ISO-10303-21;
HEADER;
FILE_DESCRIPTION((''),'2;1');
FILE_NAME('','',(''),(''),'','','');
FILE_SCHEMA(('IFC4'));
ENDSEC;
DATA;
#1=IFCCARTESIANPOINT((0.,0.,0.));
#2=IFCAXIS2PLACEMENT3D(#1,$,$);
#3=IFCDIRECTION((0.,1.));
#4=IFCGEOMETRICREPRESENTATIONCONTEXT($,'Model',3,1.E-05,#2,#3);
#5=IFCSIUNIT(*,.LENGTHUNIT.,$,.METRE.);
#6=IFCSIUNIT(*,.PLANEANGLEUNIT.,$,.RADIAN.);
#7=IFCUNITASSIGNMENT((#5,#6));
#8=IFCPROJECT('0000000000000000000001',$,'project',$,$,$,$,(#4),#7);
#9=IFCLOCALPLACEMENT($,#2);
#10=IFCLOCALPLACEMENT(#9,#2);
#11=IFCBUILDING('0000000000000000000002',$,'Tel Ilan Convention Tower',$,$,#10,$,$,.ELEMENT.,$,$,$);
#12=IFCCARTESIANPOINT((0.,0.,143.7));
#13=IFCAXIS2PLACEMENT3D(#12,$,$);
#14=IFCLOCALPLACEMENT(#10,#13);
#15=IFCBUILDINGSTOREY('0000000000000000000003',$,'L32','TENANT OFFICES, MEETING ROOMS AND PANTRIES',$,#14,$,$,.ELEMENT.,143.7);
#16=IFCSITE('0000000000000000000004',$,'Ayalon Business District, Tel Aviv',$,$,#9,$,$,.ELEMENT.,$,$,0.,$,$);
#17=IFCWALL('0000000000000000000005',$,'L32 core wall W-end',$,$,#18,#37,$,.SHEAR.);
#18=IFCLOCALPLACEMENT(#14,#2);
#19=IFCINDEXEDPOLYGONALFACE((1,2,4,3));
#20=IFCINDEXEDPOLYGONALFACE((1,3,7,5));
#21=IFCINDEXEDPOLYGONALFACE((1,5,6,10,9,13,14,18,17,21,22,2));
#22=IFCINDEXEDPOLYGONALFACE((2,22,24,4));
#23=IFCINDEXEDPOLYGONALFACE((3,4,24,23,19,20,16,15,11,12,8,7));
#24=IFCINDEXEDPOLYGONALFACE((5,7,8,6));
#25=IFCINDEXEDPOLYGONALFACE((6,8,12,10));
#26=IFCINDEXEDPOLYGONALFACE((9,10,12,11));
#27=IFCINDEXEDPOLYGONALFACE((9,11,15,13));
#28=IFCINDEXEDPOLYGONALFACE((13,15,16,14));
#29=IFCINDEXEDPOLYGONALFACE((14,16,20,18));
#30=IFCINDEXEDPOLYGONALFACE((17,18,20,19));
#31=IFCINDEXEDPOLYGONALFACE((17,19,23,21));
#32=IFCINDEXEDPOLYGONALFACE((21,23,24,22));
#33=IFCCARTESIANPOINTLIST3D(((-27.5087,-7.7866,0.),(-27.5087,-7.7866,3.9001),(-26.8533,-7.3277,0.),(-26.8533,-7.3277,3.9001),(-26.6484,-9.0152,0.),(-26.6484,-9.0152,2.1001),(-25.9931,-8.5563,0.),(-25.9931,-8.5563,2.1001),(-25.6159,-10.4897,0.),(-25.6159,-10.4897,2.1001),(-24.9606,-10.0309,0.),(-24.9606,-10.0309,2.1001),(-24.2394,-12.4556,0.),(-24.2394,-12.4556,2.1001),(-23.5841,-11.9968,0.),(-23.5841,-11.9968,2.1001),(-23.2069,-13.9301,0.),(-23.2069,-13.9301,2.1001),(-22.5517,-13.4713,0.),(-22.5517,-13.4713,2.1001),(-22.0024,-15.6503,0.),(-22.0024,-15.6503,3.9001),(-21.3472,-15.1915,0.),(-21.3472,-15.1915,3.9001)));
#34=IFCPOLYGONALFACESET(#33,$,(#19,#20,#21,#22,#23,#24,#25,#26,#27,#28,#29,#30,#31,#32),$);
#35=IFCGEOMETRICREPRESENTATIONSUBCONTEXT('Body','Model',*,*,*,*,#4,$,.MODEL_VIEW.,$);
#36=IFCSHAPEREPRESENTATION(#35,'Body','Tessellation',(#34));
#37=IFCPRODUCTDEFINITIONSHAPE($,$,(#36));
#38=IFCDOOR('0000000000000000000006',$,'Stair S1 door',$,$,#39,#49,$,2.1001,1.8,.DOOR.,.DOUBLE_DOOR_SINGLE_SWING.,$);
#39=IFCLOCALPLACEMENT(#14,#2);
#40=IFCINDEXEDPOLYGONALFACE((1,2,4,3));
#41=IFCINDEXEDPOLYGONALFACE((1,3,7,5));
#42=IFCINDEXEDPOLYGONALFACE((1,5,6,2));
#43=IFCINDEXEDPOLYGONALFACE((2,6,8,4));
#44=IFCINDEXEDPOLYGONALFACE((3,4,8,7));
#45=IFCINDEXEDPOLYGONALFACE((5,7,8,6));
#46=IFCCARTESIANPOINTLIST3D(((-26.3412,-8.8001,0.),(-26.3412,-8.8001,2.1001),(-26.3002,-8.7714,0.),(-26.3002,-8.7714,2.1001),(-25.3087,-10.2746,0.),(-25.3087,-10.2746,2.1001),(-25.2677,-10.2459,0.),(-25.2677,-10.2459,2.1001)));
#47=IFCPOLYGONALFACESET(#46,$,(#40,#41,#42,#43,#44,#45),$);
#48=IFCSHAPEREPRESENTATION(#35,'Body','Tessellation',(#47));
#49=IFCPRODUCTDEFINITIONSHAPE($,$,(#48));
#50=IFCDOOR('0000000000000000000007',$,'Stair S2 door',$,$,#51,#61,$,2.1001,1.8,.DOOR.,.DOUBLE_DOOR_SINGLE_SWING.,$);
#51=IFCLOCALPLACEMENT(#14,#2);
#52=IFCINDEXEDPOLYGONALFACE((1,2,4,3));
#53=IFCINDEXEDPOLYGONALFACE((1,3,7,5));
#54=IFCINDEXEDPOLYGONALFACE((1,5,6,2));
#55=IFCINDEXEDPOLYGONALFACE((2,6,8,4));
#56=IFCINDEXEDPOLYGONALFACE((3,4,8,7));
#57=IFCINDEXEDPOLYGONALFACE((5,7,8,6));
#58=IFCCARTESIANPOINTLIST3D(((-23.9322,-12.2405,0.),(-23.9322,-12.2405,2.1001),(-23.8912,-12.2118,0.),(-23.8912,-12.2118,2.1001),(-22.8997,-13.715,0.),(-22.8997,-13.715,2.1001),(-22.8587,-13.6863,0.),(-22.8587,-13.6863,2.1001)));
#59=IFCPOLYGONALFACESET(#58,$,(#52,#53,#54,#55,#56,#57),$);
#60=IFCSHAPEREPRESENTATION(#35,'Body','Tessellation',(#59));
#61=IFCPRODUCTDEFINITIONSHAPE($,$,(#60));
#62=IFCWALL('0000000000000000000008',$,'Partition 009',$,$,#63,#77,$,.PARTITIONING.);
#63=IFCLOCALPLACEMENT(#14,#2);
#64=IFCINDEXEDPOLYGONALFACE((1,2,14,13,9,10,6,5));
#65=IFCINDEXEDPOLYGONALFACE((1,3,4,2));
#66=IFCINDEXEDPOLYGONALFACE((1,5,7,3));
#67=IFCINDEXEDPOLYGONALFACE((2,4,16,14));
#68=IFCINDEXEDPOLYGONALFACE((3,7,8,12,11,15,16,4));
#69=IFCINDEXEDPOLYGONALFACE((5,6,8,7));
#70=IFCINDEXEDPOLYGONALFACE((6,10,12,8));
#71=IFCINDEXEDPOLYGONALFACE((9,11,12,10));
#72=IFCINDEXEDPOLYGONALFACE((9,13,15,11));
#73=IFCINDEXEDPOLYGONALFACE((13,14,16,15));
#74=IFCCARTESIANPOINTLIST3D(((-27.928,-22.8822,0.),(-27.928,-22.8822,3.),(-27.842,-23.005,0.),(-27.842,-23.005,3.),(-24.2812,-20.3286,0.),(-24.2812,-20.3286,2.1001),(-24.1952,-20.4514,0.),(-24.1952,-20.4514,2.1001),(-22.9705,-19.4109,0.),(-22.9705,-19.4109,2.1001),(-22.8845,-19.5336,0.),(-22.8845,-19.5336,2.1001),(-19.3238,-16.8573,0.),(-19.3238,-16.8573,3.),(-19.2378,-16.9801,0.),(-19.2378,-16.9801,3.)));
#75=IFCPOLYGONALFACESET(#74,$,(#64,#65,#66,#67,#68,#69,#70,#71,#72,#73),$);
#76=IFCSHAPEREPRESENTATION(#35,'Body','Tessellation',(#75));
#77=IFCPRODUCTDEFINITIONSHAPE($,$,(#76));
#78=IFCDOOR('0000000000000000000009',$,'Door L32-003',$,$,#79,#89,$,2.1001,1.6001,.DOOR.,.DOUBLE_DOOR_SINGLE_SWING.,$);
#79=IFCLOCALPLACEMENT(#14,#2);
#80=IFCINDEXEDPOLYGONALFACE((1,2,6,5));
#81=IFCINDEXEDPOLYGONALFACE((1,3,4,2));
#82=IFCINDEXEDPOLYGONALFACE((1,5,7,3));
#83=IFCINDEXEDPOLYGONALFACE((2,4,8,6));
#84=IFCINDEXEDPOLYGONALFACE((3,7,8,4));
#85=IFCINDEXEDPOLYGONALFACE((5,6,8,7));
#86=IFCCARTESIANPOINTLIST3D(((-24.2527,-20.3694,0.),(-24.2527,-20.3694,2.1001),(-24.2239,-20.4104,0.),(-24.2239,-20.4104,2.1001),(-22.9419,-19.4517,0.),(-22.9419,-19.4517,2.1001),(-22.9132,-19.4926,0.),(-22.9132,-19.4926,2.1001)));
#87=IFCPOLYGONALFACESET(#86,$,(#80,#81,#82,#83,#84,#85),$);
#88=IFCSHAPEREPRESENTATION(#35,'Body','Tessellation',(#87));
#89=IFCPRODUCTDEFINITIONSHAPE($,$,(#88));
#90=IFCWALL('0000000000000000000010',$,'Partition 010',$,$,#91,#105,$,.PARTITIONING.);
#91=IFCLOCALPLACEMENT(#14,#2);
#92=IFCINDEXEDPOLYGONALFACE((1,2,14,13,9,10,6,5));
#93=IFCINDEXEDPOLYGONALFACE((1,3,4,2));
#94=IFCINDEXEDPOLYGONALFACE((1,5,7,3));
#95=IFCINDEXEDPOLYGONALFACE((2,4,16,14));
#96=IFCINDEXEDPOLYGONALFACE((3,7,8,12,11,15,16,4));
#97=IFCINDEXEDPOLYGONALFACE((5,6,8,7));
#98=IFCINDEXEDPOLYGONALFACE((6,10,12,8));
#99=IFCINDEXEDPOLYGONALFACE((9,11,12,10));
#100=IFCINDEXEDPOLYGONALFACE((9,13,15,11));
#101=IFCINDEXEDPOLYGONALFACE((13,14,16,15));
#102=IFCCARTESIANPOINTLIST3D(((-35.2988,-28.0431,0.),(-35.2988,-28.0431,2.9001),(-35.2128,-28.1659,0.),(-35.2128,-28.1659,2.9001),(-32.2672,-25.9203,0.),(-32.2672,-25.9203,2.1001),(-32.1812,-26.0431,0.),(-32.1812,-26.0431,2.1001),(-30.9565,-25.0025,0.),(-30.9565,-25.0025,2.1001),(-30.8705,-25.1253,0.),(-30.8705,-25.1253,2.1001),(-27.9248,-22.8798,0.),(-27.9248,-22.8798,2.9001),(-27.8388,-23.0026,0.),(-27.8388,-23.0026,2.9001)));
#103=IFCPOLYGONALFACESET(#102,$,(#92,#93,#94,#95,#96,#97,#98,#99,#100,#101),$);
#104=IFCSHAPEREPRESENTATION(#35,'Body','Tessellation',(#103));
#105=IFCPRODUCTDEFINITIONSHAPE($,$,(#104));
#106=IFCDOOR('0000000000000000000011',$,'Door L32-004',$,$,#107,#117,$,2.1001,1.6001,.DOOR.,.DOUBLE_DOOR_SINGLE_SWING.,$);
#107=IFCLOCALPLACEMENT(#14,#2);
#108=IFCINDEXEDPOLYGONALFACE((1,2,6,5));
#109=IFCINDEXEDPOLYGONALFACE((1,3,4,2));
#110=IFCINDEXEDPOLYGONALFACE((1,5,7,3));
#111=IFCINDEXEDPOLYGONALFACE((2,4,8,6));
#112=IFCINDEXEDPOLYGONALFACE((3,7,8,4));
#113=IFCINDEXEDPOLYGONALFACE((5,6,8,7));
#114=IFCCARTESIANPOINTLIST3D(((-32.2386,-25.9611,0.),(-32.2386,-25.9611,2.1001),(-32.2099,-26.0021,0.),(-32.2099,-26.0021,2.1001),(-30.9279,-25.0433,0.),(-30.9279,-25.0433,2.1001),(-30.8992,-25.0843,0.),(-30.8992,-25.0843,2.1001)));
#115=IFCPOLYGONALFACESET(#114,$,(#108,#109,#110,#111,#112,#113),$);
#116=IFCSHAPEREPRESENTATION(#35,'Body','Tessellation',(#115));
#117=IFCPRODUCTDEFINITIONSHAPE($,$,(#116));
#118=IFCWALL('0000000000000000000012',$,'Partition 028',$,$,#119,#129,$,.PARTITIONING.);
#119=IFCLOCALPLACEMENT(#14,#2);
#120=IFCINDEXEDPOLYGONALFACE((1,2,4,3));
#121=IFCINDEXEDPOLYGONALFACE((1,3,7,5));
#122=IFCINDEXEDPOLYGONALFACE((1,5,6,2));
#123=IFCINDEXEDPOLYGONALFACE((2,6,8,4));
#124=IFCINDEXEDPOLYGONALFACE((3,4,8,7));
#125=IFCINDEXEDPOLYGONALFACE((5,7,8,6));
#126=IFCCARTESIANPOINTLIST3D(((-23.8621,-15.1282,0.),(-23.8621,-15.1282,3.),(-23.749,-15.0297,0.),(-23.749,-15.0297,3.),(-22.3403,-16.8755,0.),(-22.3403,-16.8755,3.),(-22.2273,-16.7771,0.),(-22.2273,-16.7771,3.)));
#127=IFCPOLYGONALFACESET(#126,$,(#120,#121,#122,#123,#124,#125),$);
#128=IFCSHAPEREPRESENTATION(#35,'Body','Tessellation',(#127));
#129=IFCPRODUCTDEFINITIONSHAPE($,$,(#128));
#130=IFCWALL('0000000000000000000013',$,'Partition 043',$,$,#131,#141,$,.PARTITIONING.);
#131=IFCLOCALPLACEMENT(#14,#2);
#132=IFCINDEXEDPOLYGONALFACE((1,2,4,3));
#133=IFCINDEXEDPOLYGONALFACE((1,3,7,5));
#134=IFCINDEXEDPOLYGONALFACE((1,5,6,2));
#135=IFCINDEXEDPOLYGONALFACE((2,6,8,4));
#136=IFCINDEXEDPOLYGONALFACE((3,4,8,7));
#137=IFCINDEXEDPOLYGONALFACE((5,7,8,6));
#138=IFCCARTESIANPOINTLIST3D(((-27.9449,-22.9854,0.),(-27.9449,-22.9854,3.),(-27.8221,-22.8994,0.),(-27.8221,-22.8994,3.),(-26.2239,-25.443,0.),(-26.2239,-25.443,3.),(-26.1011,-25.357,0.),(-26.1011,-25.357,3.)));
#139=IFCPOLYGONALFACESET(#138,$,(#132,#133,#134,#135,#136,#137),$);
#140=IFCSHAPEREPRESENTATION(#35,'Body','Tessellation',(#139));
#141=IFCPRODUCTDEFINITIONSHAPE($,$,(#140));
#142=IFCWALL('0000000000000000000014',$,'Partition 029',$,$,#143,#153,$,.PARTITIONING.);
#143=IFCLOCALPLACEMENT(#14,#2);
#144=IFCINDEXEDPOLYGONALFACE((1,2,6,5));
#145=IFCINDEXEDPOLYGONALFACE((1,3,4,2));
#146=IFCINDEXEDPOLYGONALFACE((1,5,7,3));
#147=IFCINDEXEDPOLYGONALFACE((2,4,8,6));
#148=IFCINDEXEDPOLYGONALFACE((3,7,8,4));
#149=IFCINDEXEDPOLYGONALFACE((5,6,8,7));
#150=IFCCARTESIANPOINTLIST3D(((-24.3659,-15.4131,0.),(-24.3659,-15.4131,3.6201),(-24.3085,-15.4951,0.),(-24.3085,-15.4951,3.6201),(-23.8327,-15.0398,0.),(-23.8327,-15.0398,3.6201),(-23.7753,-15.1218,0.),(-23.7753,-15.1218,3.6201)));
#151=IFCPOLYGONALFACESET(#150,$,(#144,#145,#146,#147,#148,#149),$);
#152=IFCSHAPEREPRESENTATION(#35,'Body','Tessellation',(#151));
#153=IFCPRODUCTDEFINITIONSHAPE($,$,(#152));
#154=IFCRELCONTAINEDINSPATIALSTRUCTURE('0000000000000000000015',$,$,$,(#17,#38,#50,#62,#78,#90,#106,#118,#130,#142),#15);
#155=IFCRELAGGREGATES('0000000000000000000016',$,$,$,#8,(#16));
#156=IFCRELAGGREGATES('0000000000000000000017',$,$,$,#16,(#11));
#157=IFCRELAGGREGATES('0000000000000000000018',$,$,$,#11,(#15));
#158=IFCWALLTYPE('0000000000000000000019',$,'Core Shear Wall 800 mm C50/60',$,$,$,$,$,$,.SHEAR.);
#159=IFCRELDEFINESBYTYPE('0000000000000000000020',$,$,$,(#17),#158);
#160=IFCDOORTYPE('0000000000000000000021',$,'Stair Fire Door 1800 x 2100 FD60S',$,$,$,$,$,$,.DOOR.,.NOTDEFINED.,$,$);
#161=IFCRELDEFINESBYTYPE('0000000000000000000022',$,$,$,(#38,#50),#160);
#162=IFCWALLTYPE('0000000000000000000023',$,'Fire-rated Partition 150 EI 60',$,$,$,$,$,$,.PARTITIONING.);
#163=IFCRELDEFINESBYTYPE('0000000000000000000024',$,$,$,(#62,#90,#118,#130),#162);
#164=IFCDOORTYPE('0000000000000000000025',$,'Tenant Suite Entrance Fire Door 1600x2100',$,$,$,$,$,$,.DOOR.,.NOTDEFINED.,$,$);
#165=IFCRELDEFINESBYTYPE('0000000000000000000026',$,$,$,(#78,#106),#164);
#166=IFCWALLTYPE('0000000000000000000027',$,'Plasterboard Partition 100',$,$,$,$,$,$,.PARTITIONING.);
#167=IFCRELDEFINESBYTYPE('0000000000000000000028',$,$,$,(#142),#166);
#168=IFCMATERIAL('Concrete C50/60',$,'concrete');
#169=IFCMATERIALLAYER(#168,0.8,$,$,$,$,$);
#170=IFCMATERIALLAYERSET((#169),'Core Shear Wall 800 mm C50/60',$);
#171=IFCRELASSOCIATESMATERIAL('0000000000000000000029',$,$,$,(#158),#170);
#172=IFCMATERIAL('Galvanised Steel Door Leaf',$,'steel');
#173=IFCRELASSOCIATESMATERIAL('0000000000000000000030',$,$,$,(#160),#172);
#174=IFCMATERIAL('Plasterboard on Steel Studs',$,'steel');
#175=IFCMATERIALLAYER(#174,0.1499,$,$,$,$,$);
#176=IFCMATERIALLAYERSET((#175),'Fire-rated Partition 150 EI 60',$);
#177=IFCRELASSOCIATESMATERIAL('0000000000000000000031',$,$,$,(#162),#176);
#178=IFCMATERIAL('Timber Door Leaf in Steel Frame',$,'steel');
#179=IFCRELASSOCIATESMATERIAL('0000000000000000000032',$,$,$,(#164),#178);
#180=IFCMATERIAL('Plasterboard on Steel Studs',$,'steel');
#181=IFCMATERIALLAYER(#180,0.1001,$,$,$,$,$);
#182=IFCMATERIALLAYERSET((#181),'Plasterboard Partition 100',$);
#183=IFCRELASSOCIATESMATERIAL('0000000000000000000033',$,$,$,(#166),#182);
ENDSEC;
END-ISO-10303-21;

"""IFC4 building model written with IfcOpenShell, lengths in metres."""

from ifc_helpers import new_model, si_unit, direction, frame, frame_2d, origin, place, context, subcontext, project, spatial, polyline, rectangle, outline, extrude, material, layer, layer_set, type_object, element, fill, save


model = new_model("IFC4")

# Units and contexts
model_context = context("Model", 3, precision=1e-05, world=origin(), true_north=direction((0.0, 1.0)))
body_context = subcontext(model_context, "Body", "Model", "MODEL_VIEW")
ifc_project = project(units=[si_unit("LENGTHUNIT", "METRE"), si_unit("PLANEANGLEUNIT", "RADIAN")], contexts=[model_context])

# Site, building, storey
site_placement = place(None, origin())
site = spatial("IfcSite", under=ifc_project, at=site_placement, Name="Ayalon Business District, Tel Aviv", CompositionType="ELEMENT", RefElevation=0.0)
building_placement = place(site_placement, origin())
building = spatial("IfcBuilding", under=site, at=building_placement, Name="Tel Ilan Convention Tower", CompositionType="ELEMENT")
storey_placement = place(building_placement, frame((0.0, 0.0, 143.7)))
storey = spatial("IfcBuildingStorey", under=building, at=storey_placement, Name="L32", Description="TENANT OFFICES, MEETING ROOMS AND PANTRIES", CompositionType="ELEMENT", Elevation=143.7)

# Wall, openings, doors
ifc_material_1 = material(Name="Concrete C50/60", Category="concrete")
ifc_layer_1 = layer(ifc_material_1, 0.8)
ifc_layer_set_1 = layer_set([ifc_layer_1], Name="Core Shear Wall 800 mm C50/60")
wall_type_1 = type_object("IfcWallType", Name="Core Shear Wall 800 mm C50/60", PredefinedType="SHEAR", material=ifc_layer_set_1)
wall_1_placement = place(storey_placement, frame((-21.6748, -15.4209, 0.0), z_axis=(0.0, 0.0, 1.0), x_axis=(-0.573582, 0.819148, 0.0)))
wall_1 = element("IfcWall", 1, at=wall_1_placement, inside=storey, type_object=wall_type_1, Name="L32 core wall W-end", PredefinedType="SHEAR", context=body_context, shape_type="SweptSolid", body=[
    extrude(outline(polyline([(0.0, 0.3999), (0.0, -0.3999), (9.5999, -0.4001), (9.5999, 0.3999), (0.0, 0.3999)])), origin(), (0.0, 0.0, 1.0), 3.9001),
])
opening_1_placement = place(wall_1_placement, frame((6.3, 0.0, 0.0)))
opening_1 = element("IfcOpeningElement", 2, at=opening_1_placement, cuts=wall_1, PredefinedType="OPENING", context=body_context, shape_type="SweptSolid", body=[
    extrude(rectangle(XDim=1.8, YDim=2.1001, at=frame_2d((0.8999, 1.05))), frame((0.0, 0.4099, 0.0), z_axis=(0.0, -1.0, 0.0), x_axis=(1.0, 0.0, 0.0)), (0.0, 0.0, 1.0), 0.8201),
])
opening_2_placement = place(wall_1_placement, frame((2.1001, 0.0, 0.0)))
opening_2 = element("IfcOpeningElement", 3, at=opening_2_placement, cuts=wall_1, PredefinedType="OPENING", context=body_context, shape_type="SweptSolid", body=[
    extrude(rectangle(XDim=1.8, YDim=2.1001, at=frame_2d((0.8999, 1.05))), frame((0.0, 0.4099, 0.0), z_axis=(0.0, -1.0, 0.0), x_axis=(1.0, 0.0, 0.0)), (0.0, 0.0, 1.0), 0.8201),
])
ifc_material_2 = material(Name="Galvanised Steel Door Leaf", Category="steel")
door_type_1 = type_object("IfcDoorType", Name="Stair Fire Door 1800 x 2100 FD60S", OperationType="NOTDEFINED", PredefinedType="DOOR", material=ifc_material_2)
door_1_placement = place(opening_1_placement, origin())
door_1 = element("IfcDoor", 4, at=door_1_placement, inside=storey, type_object=door_type_1, Name="Stair S1 door", OperationType="DOUBLE_DOOR_SINGLE_SWING", OverallHeight=2.1001, OverallWidth=1.8, PredefinedType="DOOR", context=body_context, shape_type="SweptSolid", body=[
    extrude(rectangle(XDim=1.8, YDim=2.1001, at=frame_2d((0.8999, 1.05))), frame((0.0, 0.0249, 0.0), z_axis=(0.0, -1.0, 0.0), x_axis=(1.0, 0.0, 0.0)), (0.0, 0.0, 1.0), 0.05),
])
fill(opening_1, door_1)
door_2_placement = place(opening_2_placement, origin())
door_2 = element("IfcDoor", 5, at=door_2_placement, inside=storey, type_object=door_type_1, Name="Stair S2 door", OperationType="DOUBLE_DOOR_SINGLE_SWING", OverallHeight=2.1001, OverallWidth=1.8, PredefinedType="DOOR", context=body_context, shape_type="SweptSolid", body=[
    extrude(rectangle(XDim=1.8, YDim=2.1001, at=frame_2d((0.8999, 1.05))), frame((0.0, 0.0249, 0.0), z_axis=(0.0, -1.0, 0.0), x_axis=(1.0, 0.0, 0.0)), (0.0, 0.0, 1.0), 0.05),
])
fill(opening_2, door_2)

# Walls, openings, doors
ifc_material_3 = material(Name="Plasterboard on Steel Studs", Category="steel")
ifc_layer_2 = layer(ifc_material_3, 0.1499)
ifc_layer_set_2 = layer_set([ifc_layer_2], Name="Fire-rated Partition 150 EI 60")
wall_type_2 = type_object("IfcWallType", Name="Fire-rated Partition 150 EI 60", PredefinedType="PARTITIONING", material=ifc_layer_set_2)
wall_2_placement = place(storey_placement, frame((-19.2808, -16.9187, 0.0), z_axis=(0.0, 0.0, 1.0), x_axis=(-0.819146, -0.573586, 0.0)))
wall_2 = element("IfcWall", 6, at=wall_2_placement, inside=storey, type_object=wall_type_2, Name="Partition 009", PredefinedType="PARTITIONING", context=body_context, shape_type="SweptSolid", body=[
    extrude(rectangle(XDim=10.5039, YDim=0.1499, at=frame_2d((5.252, 0.0))), origin(), (0.0, 0.0, 1.0), 3.0),
])
opening_3_placement = place(wall_2_placement, frame((4.4519, 0.0, 0.0)))
opening_3 = element("IfcOpeningElement", 7, at=opening_3_placement, cuts=wall_2, PredefinedType="OPENING", context=body_context, shape_type="SweptSolid", body=[
    extrude(rectangle(XDim=1.6001, YDim=2.1001, at=frame_2d((0.8, 1.05))), frame((0.0, 0.085, 0.0), z_axis=(0.0, -1.0, 0.0), x_axis=(1.0, 0.0, 0.0)), (0.0, 0.0, 1.0), 0.1699),
])
ifc_material_4 = material(Name="Timber Door Leaf in Steel Frame", Category="steel")
door_type_2 = type_object("IfcDoorType", Name="Tenant Suite Entrance Fire Door 1600x2100", OperationType="NOTDEFINED", PredefinedType="DOOR", material=ifc_material_4)
door_3_placement = place(opening_3_placement, origin())
door_3 = element("IfcDoor", 8, at=door_3_placement, inside=storey, type_object=door_type_2, Name="Door L32-003", OperationType="DOUBLE_DOOR_SINGLE_SWING", OverallHeight=2.1001, OverallWidth=1.6001, PredefinedType="DOOR", context=body_context, shape_type="SweptSolid", body=[
    extrude(rectangle(XDim=1.6001, YDim=2.1001, at=frame_2d((0.8, 1.05))), frame((0.0, 0.0249, 0.0), z_axis=(0.0, -1.0, 0.0), x_axis=(1.0, 0.0, 0.0)), (0.0, 0.0, 1.0), 0.05),
])
fill(opening_3, door_3)
wall_3_placement = place(storey_placement, frame((-27.8818, -22.9412, 0.0), z_axis=(0.0, 0.0, 1.0), x_axis=(-0.819153, -0.573575, 0.0)))
wall_3 = element("IfcWall", 9, at=wall_3_placement, inside=storey, type_object=wall_type_2, Name="Partition 010", PredefinedType="PARTITIONING", context=body_context, shape_type="SweptSolid", body=[
    extrude(rectangle(XDim=9.002, YDim=0.1499, at=frame_2d((4.501, 0.0))), origin(), (0.0, 0.0, 1.0), 2.9001),
])
opening_4_placement = place(wall_3_placement, frame((3.7009, 0.0, 0.0)))
opening_4 = element("IfcOpeningElement", 10, at=opening_4_placement, cuts=wall_3, PredefinedType="OPENING", context=body_context, shape_type="SweptSolid", body=[
    extrude(rectangle(XDim=1.6001, YDim=2.1001, at=frame_2d((0.8, 1.05))), frame((0.0, 0.085, 0.0), z_axis=(0.0, -1.0, 0.0), x_axis=(1.0, 0.0, 0.0)), (0.0, 0.0, 1.0), 0.1699),
])
door_4_placement = place(opening_4_placement, origin())
door_4 = element("IfcDoor", 11, at=door_4_placement, inside=storey, type_object=door_type_2, Name="Door L32-004", OperationType="DOUBLE_DOOR_SINGLE_SWING", OverallHeight=2.1001, OverallWidth=1.6001, PredefinedType="DOOR", context=body_context, shape_type="SweptSolid", body=[
    extrude(rectangle(XDim=1.6001, YDim=2.1001, at=frame_2d((0.8, 1.05))), frame((0.0, 0.0249, 0.0), z_axis=(0.0, -1.0, 0.0), x_axis=(1.0, 0.0, 0.0)), (0.0, 0.0, 1.0), 0.05),
])
fill(opening_4, door_4)

# Walls
wall_4_placement = place(storey_placement, frame((-22.2837, -16.8264, 0.0), z_axis=(0.0, 0.0, 1.0), x_axis=(-0.65675, 0.754109, 0.0)))
element("IfcWall", 12, at=wall_4_placement, inside=storey, type_object=wall_type_2, Name="Partition 028", PredefinedType="PARTITIONING", context=body_context, shape_type="SweptSolid", body=[
    extrude(rectangle(XDim=2.3171, YDim=0.1499, at=frame_2d((1.1587, 0.0))), origin(), (0.0, 0.0, 1.0), 3.0),
])
wall_5_placement = place(storey_placement, frame((-26.1626, -25.3999, 0.0), z_axis=(0.0, 0.0, 1.0), x_axis=(-0.573615, 0.819125, 0.0)))
element("IfcWall", 13, at=wall_5_placement, inside=storey, type_object=wall_type_2, Name="Partition 043", PredefinedType="PARTITIONING", context=body_context, shape_type="SweptSolid", body=[
    extrude(rectangle(XDim=3.0002, YDim=0.1499, at=frame_2d((1.5, 0.0))), origin(), (0.0, 0.0, 1.0), 3.0),
])
ifc_material_5 = material(Name="Plasterboard on Steel Studs", Category="steel")
ifc_layer_3 = layer(ifc_material_5, 0.1001)
ifc_layer_set_3 = layer_set([ifc_layer_3], Name="Plasterboard Partition 100")
wall_type_3 = type_object("IfcWallType", Name="Plasterboard Partition 100", PredefinedType="PARTITIONING", material=ifc_layer_set_3)
wall_6_placement = place(storey_placement, frame((-24.3372, -15.4541, 0.0), z_axis=(0.0, 0.0, 1.0), x_axis=(0.819197, 0.573513, 0.0)))
element("IfcWall", 14, at=wall_6_placement, inside=storey, type_object=wall_type_3, Name="Partition 029", PredefinedType="PARTITIONING", context=body_context, shape_type="SweptSolid", body=[
    extrude(rectangle(XDim=0.6509, YDim=0.1001, at=frame_2d((0.3254, 0.0))), origin(), (0.0, 0.0, 1.0), 3.6201),
])

save(model, "model.ifc")
